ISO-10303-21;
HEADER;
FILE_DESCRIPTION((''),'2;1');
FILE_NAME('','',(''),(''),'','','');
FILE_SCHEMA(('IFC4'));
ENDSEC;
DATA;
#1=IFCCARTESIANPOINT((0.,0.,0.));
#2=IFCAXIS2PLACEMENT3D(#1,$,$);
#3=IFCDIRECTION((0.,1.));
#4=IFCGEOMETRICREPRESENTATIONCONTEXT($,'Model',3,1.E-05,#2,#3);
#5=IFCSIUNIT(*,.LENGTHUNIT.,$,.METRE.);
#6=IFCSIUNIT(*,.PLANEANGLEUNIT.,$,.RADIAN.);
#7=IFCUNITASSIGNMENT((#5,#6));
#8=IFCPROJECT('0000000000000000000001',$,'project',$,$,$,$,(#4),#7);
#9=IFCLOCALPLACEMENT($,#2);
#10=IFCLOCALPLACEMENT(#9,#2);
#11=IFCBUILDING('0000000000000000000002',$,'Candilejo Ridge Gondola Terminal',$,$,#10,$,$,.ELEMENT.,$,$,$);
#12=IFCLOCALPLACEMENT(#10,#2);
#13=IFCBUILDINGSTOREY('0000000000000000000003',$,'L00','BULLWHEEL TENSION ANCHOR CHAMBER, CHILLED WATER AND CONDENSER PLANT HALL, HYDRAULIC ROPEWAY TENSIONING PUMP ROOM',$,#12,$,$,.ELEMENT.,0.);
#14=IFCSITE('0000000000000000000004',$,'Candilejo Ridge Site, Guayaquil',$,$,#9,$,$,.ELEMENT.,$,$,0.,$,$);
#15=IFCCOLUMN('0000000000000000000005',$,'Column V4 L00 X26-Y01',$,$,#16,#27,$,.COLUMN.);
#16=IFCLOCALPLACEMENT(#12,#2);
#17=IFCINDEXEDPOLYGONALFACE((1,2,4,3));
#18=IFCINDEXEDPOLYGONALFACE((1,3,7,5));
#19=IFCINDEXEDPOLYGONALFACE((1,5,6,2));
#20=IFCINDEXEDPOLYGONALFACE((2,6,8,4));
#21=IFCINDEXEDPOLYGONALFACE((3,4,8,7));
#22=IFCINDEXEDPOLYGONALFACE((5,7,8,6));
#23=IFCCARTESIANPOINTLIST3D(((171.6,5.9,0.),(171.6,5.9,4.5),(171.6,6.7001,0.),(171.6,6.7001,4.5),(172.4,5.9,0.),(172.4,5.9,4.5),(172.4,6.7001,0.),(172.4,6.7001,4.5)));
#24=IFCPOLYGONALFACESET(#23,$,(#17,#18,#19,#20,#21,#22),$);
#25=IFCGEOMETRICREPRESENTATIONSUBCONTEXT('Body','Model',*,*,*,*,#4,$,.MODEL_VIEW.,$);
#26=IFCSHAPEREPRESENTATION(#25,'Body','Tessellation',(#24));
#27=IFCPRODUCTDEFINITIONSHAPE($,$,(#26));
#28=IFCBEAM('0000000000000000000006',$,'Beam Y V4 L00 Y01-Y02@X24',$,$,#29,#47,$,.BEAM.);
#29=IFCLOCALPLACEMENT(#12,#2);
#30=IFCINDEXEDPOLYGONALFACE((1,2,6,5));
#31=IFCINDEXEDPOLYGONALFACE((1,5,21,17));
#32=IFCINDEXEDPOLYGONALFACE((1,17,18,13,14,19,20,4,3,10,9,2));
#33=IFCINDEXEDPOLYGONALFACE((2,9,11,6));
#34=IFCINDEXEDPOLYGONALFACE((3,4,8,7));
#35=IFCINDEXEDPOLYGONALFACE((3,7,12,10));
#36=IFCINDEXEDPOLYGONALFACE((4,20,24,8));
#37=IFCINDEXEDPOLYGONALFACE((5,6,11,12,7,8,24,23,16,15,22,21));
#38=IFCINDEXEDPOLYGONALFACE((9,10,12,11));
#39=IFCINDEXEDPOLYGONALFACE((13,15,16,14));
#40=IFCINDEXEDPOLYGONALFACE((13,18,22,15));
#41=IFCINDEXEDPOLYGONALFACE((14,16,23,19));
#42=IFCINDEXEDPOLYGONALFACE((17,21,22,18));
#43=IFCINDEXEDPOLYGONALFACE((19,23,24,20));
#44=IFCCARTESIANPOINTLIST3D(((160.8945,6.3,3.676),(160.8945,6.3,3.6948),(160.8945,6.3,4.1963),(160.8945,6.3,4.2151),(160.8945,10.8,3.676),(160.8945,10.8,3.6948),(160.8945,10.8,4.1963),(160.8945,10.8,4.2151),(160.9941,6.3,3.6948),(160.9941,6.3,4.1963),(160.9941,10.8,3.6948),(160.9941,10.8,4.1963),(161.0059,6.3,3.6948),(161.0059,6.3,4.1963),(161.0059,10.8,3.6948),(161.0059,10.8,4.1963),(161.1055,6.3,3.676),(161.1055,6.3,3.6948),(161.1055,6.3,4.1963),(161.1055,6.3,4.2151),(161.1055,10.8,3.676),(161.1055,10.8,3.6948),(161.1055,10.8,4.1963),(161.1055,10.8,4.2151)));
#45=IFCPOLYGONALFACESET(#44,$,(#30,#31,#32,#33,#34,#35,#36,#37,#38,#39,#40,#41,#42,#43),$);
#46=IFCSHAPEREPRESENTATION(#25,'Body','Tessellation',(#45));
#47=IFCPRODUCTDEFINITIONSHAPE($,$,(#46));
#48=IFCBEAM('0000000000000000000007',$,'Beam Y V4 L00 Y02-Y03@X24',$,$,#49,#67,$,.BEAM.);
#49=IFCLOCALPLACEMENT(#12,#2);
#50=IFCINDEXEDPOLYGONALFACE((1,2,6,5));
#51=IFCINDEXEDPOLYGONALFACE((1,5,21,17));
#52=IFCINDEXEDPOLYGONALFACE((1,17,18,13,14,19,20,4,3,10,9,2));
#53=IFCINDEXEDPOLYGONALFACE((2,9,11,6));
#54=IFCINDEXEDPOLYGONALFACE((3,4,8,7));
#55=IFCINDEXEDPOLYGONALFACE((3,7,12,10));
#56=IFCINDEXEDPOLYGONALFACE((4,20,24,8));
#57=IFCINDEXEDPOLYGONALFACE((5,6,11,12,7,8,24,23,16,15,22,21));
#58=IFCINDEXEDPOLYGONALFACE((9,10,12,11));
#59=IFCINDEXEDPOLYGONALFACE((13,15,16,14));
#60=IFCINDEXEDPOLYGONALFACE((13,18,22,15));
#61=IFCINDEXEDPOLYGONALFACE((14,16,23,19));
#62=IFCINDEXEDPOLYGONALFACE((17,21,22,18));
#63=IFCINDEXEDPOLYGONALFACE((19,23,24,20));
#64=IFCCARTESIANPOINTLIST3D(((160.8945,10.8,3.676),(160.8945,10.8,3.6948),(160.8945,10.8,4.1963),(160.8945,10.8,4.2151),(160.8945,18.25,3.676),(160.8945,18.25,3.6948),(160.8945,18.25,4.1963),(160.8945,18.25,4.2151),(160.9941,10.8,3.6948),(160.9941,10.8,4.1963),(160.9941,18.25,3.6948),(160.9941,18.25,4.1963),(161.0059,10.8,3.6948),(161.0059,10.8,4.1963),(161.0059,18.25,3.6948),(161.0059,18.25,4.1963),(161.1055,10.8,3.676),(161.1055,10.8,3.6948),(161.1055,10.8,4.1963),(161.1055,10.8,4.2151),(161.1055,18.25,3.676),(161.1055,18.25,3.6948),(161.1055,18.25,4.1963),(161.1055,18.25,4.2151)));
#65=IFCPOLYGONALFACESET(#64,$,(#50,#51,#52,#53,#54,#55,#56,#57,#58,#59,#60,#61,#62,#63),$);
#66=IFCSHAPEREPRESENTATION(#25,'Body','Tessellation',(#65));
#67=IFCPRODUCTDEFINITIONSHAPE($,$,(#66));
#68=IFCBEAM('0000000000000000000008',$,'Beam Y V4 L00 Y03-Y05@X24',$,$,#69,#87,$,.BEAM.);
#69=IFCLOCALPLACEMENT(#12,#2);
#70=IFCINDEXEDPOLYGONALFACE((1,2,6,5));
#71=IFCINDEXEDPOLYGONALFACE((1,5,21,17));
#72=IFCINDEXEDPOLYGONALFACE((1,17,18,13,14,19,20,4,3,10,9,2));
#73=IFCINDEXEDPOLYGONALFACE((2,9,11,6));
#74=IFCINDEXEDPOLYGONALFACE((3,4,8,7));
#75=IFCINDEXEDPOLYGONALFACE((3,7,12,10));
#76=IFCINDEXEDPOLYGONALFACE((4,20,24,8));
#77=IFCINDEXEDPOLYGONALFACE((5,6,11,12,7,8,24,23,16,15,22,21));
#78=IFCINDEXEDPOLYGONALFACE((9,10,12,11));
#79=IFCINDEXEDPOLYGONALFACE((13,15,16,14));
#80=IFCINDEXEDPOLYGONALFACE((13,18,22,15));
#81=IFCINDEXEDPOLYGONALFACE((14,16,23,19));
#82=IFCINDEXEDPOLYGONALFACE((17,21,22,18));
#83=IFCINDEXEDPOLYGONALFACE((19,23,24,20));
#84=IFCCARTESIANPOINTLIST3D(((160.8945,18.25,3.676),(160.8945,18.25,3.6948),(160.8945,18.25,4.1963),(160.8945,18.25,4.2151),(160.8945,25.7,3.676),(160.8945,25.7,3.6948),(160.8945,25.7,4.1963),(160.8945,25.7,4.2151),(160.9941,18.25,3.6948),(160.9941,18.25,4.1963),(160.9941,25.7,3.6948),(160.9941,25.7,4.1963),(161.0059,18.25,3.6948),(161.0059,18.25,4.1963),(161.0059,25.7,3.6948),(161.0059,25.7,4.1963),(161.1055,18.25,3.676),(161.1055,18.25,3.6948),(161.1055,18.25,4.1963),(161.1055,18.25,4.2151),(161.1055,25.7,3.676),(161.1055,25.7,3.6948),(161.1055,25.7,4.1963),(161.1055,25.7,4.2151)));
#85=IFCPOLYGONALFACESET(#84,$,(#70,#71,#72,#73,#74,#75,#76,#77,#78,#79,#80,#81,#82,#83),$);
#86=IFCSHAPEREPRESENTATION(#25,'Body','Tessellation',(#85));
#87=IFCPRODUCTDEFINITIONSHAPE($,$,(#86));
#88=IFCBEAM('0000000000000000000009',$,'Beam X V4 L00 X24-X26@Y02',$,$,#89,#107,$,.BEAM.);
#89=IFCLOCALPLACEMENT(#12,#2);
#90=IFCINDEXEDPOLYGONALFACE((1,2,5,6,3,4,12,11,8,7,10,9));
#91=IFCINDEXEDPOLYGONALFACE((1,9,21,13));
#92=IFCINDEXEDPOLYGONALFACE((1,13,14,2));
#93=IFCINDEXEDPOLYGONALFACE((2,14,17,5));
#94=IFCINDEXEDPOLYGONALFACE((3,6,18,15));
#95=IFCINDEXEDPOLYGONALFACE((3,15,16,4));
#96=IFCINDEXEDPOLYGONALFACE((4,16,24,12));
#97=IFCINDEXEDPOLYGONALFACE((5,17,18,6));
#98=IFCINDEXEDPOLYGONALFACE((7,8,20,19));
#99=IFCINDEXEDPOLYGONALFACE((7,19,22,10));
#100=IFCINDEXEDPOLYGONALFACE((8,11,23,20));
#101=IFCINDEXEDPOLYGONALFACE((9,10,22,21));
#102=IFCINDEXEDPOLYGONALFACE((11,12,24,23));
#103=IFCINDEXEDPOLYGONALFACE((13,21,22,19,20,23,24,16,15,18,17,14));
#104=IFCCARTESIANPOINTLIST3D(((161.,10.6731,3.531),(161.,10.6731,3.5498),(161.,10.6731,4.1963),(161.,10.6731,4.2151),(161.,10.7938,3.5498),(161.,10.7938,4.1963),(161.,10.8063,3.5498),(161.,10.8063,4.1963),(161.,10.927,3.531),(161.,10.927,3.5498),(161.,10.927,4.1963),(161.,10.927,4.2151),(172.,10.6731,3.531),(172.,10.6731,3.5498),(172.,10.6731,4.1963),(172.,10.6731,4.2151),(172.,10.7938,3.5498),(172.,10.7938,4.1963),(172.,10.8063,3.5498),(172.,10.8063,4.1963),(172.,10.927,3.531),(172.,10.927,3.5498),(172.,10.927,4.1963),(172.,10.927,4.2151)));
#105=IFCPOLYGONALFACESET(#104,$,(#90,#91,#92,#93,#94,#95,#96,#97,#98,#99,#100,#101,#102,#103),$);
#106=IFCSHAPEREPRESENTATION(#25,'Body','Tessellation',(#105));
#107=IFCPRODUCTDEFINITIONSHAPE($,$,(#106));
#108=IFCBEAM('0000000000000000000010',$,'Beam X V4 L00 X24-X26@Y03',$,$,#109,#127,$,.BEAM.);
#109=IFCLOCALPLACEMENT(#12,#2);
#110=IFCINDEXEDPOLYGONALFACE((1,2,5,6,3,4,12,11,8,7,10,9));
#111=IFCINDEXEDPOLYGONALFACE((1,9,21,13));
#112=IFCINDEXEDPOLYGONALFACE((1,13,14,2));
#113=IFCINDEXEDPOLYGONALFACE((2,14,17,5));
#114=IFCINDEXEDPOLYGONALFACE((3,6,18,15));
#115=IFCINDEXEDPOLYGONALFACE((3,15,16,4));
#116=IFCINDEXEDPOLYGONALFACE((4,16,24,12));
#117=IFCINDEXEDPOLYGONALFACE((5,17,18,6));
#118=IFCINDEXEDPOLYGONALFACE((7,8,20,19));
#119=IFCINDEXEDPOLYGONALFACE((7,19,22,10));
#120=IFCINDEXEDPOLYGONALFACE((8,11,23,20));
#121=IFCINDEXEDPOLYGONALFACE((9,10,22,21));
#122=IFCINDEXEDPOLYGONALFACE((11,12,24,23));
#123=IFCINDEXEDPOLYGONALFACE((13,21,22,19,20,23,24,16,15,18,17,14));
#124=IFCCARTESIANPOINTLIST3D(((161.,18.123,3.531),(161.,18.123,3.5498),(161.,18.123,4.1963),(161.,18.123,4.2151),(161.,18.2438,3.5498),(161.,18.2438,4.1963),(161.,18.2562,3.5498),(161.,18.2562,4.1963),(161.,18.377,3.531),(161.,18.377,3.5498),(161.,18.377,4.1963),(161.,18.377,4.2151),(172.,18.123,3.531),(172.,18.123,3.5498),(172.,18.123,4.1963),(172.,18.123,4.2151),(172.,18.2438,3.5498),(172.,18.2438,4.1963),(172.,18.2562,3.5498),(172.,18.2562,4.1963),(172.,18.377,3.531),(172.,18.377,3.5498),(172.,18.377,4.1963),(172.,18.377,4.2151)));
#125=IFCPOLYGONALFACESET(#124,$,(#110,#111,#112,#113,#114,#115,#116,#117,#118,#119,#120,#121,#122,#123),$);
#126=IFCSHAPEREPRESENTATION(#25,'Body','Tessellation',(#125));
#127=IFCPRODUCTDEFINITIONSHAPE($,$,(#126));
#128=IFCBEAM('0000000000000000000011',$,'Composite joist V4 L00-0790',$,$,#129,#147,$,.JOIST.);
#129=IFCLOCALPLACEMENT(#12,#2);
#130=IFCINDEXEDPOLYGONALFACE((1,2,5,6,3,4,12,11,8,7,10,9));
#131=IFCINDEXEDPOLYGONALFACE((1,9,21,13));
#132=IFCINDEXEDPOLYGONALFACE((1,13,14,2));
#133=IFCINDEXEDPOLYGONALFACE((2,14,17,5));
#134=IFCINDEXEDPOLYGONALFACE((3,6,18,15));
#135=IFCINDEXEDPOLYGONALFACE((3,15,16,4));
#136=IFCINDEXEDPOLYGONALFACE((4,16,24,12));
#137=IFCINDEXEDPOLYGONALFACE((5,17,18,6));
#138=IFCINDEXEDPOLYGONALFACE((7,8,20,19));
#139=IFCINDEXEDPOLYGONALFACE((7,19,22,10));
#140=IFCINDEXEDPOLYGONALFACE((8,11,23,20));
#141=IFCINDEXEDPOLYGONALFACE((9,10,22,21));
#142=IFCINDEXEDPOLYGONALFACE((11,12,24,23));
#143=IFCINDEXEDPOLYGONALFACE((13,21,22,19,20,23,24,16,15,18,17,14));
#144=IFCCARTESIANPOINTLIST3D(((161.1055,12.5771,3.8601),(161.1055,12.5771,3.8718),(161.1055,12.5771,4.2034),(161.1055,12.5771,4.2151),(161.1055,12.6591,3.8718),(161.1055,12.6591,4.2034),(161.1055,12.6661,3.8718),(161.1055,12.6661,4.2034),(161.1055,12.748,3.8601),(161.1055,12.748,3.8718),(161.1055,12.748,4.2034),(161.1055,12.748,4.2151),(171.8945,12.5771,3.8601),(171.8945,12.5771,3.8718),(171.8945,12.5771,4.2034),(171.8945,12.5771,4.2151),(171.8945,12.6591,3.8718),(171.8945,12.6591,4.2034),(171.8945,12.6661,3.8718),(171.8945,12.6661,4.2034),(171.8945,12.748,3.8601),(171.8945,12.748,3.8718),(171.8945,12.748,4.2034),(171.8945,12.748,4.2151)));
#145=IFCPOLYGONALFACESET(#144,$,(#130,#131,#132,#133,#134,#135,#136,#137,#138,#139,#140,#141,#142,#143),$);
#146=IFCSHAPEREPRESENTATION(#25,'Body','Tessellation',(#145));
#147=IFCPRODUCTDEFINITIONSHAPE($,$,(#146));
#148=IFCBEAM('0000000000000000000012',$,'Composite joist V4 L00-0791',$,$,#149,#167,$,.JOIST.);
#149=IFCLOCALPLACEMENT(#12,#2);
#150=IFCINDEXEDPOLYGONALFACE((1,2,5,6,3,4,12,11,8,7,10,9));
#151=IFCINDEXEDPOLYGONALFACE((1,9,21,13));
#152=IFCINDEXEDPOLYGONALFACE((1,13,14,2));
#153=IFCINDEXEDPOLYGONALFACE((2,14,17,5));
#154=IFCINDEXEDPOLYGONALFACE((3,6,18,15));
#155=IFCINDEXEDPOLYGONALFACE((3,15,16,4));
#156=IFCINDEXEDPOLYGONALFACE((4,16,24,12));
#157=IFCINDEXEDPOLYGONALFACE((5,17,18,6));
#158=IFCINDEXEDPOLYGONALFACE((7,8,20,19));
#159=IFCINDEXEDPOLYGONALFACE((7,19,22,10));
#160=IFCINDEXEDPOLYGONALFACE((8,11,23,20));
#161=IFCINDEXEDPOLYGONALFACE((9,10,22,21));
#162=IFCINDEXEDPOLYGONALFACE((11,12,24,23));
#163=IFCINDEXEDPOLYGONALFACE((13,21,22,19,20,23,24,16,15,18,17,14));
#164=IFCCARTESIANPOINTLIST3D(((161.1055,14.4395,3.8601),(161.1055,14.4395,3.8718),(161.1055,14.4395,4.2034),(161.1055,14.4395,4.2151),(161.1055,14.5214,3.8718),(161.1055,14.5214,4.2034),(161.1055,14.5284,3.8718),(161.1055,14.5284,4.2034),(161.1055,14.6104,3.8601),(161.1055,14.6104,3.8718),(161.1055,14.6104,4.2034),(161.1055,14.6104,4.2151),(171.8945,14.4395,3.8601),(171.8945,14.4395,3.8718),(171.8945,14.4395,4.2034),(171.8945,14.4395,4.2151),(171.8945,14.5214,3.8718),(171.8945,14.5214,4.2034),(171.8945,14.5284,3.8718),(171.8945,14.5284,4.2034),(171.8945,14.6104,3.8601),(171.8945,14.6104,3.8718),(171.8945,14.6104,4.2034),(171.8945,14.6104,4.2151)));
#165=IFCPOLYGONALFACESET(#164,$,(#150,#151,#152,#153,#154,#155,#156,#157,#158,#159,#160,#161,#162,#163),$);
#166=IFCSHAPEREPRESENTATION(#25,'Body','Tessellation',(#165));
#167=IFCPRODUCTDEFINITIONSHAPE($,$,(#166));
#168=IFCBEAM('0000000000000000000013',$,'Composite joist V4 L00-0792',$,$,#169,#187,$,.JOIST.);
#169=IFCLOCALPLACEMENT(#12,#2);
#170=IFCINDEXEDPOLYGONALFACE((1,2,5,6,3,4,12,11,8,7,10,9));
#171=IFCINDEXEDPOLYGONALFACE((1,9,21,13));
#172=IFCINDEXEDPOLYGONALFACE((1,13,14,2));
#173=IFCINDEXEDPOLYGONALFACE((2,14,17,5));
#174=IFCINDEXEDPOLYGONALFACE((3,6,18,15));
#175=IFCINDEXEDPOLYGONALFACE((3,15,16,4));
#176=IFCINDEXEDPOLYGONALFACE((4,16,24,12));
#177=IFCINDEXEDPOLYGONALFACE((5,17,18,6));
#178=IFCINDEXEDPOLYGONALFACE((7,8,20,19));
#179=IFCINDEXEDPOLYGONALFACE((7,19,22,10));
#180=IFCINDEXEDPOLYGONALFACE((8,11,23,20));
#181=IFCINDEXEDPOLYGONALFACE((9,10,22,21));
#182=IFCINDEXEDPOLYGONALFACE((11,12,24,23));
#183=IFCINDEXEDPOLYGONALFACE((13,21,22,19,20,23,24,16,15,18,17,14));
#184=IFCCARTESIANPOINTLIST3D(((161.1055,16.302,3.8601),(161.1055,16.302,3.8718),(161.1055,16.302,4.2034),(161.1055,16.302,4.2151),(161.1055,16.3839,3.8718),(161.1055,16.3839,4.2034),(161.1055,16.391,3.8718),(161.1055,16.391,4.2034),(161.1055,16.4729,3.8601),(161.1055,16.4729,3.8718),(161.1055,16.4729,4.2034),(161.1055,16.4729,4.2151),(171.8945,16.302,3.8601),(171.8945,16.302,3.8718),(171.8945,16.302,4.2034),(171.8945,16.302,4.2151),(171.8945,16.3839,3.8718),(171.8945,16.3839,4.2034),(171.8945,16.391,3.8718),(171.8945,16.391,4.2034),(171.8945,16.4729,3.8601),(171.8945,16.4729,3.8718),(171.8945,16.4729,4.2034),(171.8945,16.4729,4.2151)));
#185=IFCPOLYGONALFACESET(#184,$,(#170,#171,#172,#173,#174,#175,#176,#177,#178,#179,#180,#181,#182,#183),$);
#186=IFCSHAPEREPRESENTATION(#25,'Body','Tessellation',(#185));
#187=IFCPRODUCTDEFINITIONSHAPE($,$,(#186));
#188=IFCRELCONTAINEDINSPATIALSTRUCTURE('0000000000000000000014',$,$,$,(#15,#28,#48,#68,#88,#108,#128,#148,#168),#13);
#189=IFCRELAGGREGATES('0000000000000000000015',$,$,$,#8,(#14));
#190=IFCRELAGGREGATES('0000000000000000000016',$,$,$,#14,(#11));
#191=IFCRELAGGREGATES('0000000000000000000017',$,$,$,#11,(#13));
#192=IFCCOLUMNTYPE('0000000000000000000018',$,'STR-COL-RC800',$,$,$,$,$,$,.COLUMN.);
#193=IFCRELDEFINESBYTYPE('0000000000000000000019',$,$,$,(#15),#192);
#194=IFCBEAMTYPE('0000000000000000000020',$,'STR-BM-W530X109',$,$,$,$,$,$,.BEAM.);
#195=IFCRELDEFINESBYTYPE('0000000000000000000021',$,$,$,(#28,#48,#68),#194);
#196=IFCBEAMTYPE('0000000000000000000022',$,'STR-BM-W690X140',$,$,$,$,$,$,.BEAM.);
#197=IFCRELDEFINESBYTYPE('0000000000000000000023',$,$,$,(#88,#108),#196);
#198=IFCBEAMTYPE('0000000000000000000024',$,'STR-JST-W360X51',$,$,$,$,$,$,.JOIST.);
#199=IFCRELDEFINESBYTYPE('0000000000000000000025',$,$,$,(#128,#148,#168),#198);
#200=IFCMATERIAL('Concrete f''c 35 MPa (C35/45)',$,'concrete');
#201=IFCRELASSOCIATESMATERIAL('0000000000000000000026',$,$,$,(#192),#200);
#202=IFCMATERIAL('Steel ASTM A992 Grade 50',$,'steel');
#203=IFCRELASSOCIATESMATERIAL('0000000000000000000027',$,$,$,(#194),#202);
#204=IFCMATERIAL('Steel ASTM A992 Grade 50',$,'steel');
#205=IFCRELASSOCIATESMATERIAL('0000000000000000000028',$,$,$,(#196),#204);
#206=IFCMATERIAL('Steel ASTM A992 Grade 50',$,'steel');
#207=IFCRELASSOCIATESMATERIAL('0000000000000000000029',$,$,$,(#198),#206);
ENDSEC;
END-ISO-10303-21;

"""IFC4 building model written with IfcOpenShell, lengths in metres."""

from ifc_helpers import new_model, si_unit, direction, frame, origin, origin_2d, place, context, subcontext, project, spatial, rectangle, i_section, extrude, material, material_profile, profile_set, type_object, element, save


model = new_model("IFC4")

# Units and contexts
model_context = context("Model", 3, precision=1e-05, world=origin(), true_north=direction((0.0, 1.0)))
body_context = subcontext(model_context, "Body", "Model", "MODEL_VIEW")
ifc_project = project(units=[si_unit("LENGTHUNIT", "METRE"), si_unit("PLANEANGLEUNIT", "RADIAN")], contexts=[model_context])

# Site, building, storey
site_placement = place(None, origin())
site = spatial("IfcSite", under=ifc_project, at=site_placement, Name="Candilejo Ridge Site, Guayaquil", CompositionType="ELEMENT", RefElevation=0.0)
building_placement = place(site_placement, origin())
building = spatial("IfcBuilding", under=site, at=building_placement, Name="Candilejo Ridge Gondola Terminal", CompositionType="ELEMENT")
storey_placement = place(building_placement, origin())
storey = spatial("IfcBuildingStorey", under=building, at=storey_placement, Name="L00", Description="BULLWHEEL TENSION ANCHOR CHAMBER, CHILLED WATER AND CONDENSER PLANT HALL, HYDRAULIC ROPEWAY TENSIONING PUMP ROOM", CompositionType="ELEMENT", Elevation=0.0)

# Column
ifc_material_1 = material(Name="Concrete f'c 35 MPa (C35/45)", Category="concrete")
ifc_material_profile_1 = material_profile(ifc_material_1, rectangle(XDim=0.8, YDim=0.8, at=origin_2d()))
ifc_profile_set_1 = profile_set([ifc_material_profile_1], Name="Concrete f'c 35 MPa (C35/45)")
column_type = type_object("IfcColumnType", Name="STR-COL-RC800", PredefinedType="COLUMN", material=ifc_profile_set_1)
for number, where, z_axis, x_axis, name in (
    (1, (172.0, 6.3, 0.0), (0.0, 0.0, 1.0), (1.0, 0.0, 0.0), "Column V4 L00 X26-Y01"),
):
    element("IfcColumn", number, at=place(storey_placement, frame(where, z_axis=z_axis, x_axis=x_axis)), inside=storey, type_object=column_type, Name=name, PredefinedType="COLUMN", context=body_context, shape_type="SweptSolid", body=[
        extrude(rectangle(XDim=0.8, YDim=0.8, at=origin_2d()), origin(), (0.0, 0.0, 1.0), 4.5),
    ])

# Beams
ifc_material_2 = material(Name="Steel ASTM A992 Grade 50", Category="steel")
ifc_material_profile_2 = material_profile(ifc_material_2, i_section(OverallWidth=0.2109, OverallDepth=0.5391, WebThickness=0.0117, FlangeThickness=0.0188, at=origin_2d()))
ifc_profile_set_2 = profile_set([ifc_material_profile_2], Name="Steel ASTM A992 Grade 50")
beam_type_1 = type_object("IfcBeamType", Name="STR-BM-W530X109", PredefinedType="BEAM", material=ifc_profile_set_2)
beam_1_placement = place(storey_placement, frame((161.0, 6.3, 3.9456), z_axis=(0.0, 1.0, 0.0), x_axis=(-1.0, 0.0, 0.0)))
element("IfcBeam", 2, at=beam_1_placement, inside=storey, type_object=beam_type_1, Name="Beam Y V4 L00 Y01-Y02@X24", PredefinedType="BEAM", context=body_context, shape_type="SweptSolid", body=[
    extrude(i_section(OverallWidth=0.2109, OverallDepth=0.5391, WebThickness=0.0117, FlangeThickness=0.0188, at=origin_2d()), origin(), (0.0, 0.0, 1.0), 4.5),
])
for number, where, z_axis, x_axis, name in (
    (3, (161.0, 10.8, 3.9456), (0.0, 1.0, 0.0), (-1.0, 0.0, 0.0), "Beam Y V4 L00 Y02-Y03@X24"),
    (4, (161.0, 18.25, 3.9456), (0.0, 1.0, 0.0), (-1.0, 0.0, 0.0), "Beam Y V4 L00 Y03-Y05@X24"),
):
    element("IfcBeam", number, at=place(storey_placement, frame(where, z_axis=z_axis, x_axis=x_axis)), inside=storey, type_object=beam_type_1, Name=name, PredefinedType="BEAM", context=body_context, shape_type="SweptSolid", body=[
        extrude(i_section(OverallWidth=0.2109, OverallDepth=0.5391, WebThickness=0.0117, FlangeThickness=0.0188, at=origin_2d()), origin(), (0.0, 0.0, 1.0), 7.45),
    ])
ifc_material_3 = material(Name="Steel ASTM A992 Grade 50", Category="steel")
ifc_material_profile_3 = material_profile(ifc_material_3, i_section(OverallWidth=0.2539, OverallDepth=0.6841, WebThickness=0.0125, FlangeThickness=0.0188, at=origin_2d()))
ifc_profile_set_3 = profile_set([ifc_material_profile_3], Name="Steel ASTM A992 Grade 50")
beam_type_2 = type_object("IfcBeamType", Name="STR-BM-W690X140", PredefinedType="BEAM", material=ifc_profile_set_3)
for number, where, z_axis, x_axis, name in (
    (5, (161.0, 10.8, 3.873), (1.0, 0.0, 0.0), (0.0, 1.0, 0.0), "Beam X V4 L00 X24-X26@Y02"),
    (6, (161.0, 18.25, 3.873), (1.0, 0.0, 0.0), (0.0, 1.0, 0.0), "Beam X V4 L00 X24-X26@Y03"),
):
    element("IfcBeam", number, at=place(storey_placement, frame(where, z_axis=z_axis, x_axis=x_axis)), inside=storey, type_object=beam_type_2, Name=name, PredefinedType="BEAM", context=body_context, shape_type="SweptSolid", body=[
        extrude(i_section(OverallWidth=0.2539, OverallDepth=0.6841, WebThickness=0.0125, FlangeThickness=0.0188, at=origin_2d()), origin(), (0.0, 0.0, 1.0), 11.0),
    ])
ifc_material_4 = material(Name="Steel ASTM A992 Grade 50", Category="steel")
ifc_material_profile_4 = material_profile(ifc_material_4, i_section(OverallWidth=0.1709, OverallDepth=0.355, WebThickness=0.0071, FlangeThickness=0.0117, at=origin_2d()))
ifc_profile_set_4 = profile_set([ifc_material_profile_4], Name="Steel ASTM A992 Grade 50")
beam_type_3 = type_object("IfcBeamType", Name="STR-JST-W360X51", PredefinedType="JOIST", material=ifc_profile_set_4)
for number, where, z_axis, x_axis, name in (
    (7, (161.1055, 12.6626, 4.0376), (1.0, 0.0, 0.0), (0.0, 1.0, 0.0), "Composite joist V4 L00-0790"),
    (8, (161.1055, 14.5249, 4.0376), (1.0, 0.0, 0.0), (0.0, 1.0, 0.0), "Composite joist V4 L00-0791"),
    (9, (161.1055, 16.3875, 4.0376), (1.0, 0.0, 0.0), (0.0, 1.0, 0.0), "Composite joist V4 L00-0792"),
):
    element("IfcBeam", number, at=place(storey_placement, frame(where, z_axis=z_axis, x_axis=x_axis)), inside=storey, type_object=beam_type_3, Name=name, PredefinedType="JOIST", context=body_context, shape_type="SweptSolid", body=[
        extrude(i_section(OverallWidth=0.1709, OverallDepth=0.355, WebThickness=0.0071, FlangeThickness=0.0117, at=origin_2d()), origin(), (0.0, 0.0, 1.0), 10.7891),
    ])

save(model, "model.ifc")
